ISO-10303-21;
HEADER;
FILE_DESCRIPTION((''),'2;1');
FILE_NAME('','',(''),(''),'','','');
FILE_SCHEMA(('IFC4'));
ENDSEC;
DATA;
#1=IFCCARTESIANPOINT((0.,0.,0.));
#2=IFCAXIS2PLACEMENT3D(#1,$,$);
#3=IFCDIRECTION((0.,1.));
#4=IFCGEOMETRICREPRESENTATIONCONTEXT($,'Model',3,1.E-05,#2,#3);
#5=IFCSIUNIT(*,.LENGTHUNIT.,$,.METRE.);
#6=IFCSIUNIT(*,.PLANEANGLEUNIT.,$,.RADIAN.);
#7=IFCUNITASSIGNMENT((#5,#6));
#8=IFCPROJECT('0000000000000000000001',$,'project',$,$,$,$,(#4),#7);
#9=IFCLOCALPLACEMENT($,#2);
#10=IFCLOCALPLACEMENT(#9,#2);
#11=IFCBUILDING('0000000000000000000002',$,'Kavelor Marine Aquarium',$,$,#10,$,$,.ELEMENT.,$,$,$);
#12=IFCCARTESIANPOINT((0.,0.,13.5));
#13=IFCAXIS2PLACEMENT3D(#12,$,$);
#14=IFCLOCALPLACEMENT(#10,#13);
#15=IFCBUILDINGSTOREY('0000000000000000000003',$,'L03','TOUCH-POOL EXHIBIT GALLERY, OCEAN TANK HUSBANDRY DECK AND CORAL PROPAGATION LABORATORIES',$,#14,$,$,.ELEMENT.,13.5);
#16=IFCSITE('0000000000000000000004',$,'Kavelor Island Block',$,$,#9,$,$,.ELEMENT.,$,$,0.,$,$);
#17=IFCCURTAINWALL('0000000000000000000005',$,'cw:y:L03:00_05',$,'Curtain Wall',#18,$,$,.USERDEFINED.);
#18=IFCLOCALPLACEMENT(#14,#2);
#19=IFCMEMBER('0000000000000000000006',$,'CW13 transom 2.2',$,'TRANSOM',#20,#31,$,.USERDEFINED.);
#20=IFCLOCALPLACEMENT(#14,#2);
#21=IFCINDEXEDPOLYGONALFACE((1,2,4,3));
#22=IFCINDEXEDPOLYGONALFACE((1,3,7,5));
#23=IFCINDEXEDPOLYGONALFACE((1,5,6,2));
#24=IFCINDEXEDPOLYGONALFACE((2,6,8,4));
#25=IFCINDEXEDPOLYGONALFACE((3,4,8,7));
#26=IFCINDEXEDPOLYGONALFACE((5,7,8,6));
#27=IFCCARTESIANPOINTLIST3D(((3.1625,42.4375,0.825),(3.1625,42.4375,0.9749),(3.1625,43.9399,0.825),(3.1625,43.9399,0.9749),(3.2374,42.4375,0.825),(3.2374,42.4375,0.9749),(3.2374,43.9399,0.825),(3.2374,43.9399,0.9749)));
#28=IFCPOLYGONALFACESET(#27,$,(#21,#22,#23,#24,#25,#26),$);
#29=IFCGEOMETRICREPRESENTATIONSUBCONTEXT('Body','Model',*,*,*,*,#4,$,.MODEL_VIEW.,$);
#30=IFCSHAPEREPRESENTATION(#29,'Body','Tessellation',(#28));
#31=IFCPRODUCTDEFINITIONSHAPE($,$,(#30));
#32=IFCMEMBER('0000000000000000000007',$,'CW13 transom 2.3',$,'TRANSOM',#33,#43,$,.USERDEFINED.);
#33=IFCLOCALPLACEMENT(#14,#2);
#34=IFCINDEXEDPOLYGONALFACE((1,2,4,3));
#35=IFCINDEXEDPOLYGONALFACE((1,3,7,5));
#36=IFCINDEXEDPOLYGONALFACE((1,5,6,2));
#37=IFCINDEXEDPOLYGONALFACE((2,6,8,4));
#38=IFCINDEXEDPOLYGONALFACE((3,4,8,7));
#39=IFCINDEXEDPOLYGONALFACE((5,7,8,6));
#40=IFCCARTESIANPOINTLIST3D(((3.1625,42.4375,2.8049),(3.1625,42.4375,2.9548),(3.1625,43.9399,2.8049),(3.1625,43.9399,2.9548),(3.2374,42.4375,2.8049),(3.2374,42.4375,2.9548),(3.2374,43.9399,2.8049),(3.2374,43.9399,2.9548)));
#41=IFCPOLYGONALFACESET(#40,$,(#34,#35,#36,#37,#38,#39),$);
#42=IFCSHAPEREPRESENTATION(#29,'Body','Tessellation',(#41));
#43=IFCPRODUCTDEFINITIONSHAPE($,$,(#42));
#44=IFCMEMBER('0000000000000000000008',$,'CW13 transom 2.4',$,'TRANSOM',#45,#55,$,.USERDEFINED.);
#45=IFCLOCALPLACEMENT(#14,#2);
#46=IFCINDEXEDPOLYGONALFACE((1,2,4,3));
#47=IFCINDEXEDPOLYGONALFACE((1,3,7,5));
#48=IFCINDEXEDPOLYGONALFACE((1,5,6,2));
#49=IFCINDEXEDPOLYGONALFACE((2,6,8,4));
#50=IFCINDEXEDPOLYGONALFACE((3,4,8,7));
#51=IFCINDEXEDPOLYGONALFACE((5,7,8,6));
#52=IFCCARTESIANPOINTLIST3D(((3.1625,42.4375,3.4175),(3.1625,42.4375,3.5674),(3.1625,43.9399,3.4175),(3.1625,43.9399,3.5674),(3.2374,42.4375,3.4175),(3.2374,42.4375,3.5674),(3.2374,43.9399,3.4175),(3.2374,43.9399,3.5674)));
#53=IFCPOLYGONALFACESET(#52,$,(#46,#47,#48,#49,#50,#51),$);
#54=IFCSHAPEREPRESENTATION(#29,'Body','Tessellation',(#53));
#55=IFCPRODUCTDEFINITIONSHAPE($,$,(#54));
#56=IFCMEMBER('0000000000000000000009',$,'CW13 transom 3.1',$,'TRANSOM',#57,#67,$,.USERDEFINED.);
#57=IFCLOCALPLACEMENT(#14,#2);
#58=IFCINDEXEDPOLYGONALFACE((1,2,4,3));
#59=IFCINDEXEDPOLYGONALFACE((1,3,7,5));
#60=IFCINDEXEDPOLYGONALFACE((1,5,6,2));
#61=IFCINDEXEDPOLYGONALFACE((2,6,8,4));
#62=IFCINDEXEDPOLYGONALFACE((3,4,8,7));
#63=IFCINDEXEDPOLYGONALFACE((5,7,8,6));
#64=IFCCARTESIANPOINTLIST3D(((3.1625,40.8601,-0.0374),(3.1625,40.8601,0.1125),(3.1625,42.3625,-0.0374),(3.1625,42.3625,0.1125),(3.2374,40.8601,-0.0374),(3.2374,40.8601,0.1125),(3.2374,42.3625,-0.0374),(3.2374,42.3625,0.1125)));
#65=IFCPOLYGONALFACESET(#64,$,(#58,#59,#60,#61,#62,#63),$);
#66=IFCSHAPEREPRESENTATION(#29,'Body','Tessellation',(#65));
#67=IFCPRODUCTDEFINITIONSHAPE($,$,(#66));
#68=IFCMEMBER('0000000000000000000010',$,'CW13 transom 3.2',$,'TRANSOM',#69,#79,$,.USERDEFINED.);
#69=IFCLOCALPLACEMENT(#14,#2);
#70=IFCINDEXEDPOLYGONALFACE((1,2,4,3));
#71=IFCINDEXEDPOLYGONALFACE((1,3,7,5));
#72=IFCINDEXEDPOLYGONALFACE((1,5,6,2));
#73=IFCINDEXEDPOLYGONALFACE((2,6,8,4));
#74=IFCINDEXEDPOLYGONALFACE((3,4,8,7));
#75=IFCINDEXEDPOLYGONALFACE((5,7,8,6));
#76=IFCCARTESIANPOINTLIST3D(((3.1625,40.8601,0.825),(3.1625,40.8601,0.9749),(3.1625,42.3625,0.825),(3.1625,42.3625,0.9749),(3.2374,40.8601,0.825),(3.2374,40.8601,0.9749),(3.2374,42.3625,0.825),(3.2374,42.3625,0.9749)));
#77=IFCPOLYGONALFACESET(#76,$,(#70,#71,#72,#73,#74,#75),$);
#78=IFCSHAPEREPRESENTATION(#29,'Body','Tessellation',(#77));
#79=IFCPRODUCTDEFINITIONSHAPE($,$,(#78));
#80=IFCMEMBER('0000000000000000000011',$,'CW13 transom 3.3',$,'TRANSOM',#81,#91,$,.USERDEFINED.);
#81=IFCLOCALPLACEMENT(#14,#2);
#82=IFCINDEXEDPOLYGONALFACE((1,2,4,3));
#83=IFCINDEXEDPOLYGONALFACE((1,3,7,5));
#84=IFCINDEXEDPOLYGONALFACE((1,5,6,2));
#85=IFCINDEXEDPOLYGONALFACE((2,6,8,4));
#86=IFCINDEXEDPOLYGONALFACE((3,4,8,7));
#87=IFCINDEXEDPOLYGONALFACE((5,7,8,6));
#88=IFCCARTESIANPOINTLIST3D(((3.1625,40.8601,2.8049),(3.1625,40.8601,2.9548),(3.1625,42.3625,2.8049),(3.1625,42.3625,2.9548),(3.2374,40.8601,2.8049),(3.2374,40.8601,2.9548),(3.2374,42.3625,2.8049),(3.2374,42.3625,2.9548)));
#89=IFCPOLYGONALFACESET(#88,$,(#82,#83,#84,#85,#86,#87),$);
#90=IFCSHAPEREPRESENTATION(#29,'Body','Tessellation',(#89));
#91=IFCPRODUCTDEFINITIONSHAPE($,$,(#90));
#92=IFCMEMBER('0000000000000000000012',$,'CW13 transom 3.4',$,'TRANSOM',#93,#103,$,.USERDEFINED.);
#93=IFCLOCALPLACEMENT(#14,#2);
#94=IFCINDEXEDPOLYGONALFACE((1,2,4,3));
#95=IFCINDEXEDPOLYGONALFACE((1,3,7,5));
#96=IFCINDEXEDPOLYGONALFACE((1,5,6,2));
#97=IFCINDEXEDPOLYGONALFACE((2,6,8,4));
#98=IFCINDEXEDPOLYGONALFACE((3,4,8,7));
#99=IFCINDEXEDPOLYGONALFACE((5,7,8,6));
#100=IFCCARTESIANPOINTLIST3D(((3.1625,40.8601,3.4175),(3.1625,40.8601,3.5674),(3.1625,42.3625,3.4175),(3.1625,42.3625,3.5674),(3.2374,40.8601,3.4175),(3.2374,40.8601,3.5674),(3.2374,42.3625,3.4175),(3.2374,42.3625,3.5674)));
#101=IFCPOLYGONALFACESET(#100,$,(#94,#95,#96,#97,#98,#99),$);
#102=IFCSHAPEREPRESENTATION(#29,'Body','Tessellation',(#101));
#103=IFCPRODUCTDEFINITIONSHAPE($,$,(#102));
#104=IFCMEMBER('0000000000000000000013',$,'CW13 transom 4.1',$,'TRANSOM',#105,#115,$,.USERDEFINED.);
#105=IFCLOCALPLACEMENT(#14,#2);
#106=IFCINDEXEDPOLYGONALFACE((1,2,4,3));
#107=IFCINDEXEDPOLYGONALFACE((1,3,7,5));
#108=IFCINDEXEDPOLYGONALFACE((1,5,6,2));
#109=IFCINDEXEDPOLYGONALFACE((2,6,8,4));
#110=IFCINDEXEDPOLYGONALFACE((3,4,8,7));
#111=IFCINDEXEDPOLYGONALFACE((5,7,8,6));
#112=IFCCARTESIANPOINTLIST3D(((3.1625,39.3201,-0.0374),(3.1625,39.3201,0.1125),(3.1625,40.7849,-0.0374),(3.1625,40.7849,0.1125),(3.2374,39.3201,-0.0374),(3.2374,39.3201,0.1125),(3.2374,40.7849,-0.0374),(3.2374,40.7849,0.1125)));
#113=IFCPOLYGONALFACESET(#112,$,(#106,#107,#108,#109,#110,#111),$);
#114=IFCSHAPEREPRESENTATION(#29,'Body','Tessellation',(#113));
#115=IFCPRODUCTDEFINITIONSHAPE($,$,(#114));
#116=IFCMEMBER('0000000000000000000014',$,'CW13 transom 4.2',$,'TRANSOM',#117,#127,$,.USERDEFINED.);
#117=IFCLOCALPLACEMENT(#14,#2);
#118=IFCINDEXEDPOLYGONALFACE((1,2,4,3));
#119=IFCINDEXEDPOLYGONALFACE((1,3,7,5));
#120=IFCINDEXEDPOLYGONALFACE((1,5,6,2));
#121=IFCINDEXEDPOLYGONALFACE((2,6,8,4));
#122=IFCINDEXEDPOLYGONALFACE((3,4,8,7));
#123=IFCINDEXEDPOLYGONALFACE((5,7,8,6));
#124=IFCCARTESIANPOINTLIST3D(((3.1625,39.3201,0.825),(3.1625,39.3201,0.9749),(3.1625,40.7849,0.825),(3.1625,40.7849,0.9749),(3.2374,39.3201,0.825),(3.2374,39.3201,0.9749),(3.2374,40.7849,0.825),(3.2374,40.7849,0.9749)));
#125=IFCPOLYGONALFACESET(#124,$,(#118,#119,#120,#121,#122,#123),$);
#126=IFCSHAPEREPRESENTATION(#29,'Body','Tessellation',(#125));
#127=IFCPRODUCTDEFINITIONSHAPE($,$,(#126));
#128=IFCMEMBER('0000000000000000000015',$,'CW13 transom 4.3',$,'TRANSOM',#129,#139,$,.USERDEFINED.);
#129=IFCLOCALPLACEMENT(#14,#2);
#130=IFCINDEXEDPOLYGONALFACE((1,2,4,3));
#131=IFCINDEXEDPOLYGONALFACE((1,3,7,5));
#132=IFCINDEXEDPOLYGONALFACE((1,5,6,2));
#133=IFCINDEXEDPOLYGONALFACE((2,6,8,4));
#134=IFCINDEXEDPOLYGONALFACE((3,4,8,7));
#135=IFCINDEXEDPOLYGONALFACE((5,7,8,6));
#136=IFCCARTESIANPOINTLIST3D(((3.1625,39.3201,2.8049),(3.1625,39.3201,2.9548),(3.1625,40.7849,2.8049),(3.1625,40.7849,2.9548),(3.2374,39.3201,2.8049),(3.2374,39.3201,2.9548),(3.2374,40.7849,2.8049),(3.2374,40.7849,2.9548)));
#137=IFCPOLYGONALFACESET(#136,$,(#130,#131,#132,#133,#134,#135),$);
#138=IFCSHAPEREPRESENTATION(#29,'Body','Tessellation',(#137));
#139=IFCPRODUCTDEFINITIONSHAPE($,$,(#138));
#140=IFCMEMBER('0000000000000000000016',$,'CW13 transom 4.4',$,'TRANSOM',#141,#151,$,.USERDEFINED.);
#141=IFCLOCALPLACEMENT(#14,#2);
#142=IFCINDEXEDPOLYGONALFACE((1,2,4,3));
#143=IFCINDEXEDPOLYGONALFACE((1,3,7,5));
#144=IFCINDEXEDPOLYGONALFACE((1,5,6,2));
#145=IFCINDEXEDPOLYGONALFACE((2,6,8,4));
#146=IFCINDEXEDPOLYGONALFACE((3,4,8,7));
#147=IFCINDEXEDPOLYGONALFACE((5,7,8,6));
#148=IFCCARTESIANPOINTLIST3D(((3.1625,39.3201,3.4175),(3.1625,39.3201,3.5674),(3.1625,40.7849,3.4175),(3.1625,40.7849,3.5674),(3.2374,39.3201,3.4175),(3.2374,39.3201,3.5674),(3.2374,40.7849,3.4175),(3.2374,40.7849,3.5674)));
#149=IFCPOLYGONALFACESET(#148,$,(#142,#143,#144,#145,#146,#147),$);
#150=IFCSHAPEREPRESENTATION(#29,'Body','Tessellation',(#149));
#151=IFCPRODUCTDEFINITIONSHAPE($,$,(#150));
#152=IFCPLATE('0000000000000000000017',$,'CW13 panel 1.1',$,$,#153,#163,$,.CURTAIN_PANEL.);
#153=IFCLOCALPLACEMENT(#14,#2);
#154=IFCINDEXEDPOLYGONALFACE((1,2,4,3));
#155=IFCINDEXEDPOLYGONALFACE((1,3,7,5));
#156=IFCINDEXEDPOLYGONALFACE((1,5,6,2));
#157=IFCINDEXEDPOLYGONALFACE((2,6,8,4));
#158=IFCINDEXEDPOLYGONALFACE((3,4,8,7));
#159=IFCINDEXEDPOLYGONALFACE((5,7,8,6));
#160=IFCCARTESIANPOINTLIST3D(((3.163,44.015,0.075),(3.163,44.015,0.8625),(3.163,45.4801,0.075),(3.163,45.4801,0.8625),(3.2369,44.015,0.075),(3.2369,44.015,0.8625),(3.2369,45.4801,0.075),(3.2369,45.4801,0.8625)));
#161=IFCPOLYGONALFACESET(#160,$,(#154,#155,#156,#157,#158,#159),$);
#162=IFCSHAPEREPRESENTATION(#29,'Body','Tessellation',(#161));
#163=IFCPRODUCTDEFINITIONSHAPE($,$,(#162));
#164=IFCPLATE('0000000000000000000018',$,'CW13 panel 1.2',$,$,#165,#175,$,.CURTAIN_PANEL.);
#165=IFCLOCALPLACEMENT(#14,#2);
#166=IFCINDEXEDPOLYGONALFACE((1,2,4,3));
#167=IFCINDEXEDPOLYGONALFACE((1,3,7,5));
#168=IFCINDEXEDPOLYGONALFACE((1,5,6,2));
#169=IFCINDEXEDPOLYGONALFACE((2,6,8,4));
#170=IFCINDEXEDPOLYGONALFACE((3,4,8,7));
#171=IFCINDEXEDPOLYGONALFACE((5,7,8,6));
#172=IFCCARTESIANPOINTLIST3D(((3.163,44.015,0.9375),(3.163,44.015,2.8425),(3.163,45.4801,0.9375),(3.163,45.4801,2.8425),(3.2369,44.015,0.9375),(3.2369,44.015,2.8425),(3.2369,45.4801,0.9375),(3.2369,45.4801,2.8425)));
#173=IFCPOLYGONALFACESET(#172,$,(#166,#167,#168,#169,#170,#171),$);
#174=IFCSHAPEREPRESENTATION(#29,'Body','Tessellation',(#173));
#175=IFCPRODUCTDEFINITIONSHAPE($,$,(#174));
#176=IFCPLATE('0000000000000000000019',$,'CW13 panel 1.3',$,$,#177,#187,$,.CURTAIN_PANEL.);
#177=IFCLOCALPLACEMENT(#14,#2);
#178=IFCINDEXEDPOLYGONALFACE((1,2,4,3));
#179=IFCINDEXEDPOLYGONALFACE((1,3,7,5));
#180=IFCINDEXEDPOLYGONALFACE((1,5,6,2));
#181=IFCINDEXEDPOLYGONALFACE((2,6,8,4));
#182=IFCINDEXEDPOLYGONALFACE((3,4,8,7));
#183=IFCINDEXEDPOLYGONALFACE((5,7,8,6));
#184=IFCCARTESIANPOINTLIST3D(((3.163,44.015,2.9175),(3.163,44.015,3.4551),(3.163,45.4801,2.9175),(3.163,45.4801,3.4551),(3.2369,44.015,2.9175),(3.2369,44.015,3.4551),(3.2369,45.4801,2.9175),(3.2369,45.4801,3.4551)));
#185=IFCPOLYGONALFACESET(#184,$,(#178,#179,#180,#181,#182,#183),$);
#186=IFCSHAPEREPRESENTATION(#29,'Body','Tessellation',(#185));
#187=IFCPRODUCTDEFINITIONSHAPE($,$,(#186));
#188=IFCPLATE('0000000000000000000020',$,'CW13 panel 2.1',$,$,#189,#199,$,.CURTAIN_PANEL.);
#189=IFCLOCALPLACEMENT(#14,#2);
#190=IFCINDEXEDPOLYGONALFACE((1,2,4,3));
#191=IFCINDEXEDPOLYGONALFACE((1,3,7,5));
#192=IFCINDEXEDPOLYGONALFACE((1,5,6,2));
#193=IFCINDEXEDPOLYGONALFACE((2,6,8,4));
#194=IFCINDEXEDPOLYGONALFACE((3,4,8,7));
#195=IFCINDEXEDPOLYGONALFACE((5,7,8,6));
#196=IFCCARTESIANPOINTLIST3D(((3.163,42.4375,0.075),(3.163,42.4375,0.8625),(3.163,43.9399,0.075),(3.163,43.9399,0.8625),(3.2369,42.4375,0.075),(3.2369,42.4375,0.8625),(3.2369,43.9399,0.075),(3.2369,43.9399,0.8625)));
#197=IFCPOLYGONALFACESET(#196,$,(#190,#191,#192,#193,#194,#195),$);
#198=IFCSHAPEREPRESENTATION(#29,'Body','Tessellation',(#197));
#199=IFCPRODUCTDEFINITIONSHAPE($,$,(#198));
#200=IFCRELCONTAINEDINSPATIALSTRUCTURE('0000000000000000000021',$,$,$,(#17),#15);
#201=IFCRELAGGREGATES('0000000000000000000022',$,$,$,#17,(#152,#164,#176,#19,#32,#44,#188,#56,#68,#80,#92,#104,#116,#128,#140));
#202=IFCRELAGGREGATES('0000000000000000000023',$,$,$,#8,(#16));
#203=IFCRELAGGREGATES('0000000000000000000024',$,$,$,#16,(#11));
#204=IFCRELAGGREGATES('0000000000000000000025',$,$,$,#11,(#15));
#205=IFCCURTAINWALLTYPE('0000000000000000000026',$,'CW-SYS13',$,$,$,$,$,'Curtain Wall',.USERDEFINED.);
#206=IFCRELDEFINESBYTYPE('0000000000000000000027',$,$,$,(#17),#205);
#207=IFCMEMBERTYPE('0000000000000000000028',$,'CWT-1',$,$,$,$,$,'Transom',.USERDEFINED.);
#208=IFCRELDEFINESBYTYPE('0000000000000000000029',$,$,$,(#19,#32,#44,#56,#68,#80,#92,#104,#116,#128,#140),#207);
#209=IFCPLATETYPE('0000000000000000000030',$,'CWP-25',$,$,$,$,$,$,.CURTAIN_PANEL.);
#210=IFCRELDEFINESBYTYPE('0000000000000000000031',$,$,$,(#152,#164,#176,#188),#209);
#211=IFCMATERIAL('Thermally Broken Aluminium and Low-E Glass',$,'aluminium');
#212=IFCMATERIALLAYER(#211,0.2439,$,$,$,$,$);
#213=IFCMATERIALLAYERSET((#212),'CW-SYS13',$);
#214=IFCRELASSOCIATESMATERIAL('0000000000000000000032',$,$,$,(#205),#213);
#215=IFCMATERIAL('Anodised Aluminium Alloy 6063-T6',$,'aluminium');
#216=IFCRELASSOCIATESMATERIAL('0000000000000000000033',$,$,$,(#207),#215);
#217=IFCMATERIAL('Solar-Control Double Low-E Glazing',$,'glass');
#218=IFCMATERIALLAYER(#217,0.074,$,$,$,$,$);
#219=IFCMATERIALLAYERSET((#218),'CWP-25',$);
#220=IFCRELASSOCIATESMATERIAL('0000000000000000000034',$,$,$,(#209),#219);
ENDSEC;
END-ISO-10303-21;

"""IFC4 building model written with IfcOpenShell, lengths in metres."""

from ifc_helpers import new_model, si_unit, direction, frame, origin, origin_2d, place, context, subcontext, project, spatial, rectangle, extrude, material, layer, layer_set, material_profile, profile_set, type_object, element, aggregate, save


model = new_model("IFC4")

# Units and contexts
model_context = context("Model", 3, precision=1e-05, world=origin(), true_north=direction((0.0, 1.0)))
body_context = subcontext(model_context, "Body", "Model", "MODEL_VIEW")
ifc_project = project(units=[si_unit("LENGTHUNIT", "METRE"), si_unit("PLANEANGLEUNIT", "RADIAN")], contexts=[model_context])

# Site, building, storey
site_placement = place(None, origin())
site = spatial("IfcSite", under=ifc_project, at=site_placement, Name="Kavelor Island Block", CompositionType="ELEMENT", RefElevation=0.0)
building_placement = place(site_placement, origin())
building = spatial("IfcBuilding", under=site, at=building_placement, Name="Kavelor Marine Aquarium", CompositionType="ELEMENT")
storey_placement = place(building_placement, frame((0.0, 0.0, 13.5)))
storey = spatial("IfcBuildingStorey", under=building, at=storey_placement, Name="L03", Description="TOUCH-POOL EXHIBIT GALLERY, OCEAN TANK HUSBANDRY DECK AND CORAL PROPAGATION LABORATORIES", CompositionType="ELEMENT", Elevation=13.5)

# Curtain wall
ifc_material_1 = material(Name="Thermally Broken Aluminium and Low-E Glass", Category="aluminium")
ifc_layer_1 = layer(ifc_material_1, 0.2439)
ifc_layer_set_1 = layer_set([ifc_layer_1], Name="CW-SYS13")
curtain_wall_type_1 = type_object("IfcCurtainWallType", Name="CW-SYS13", ElementType="Curtain Wall", PredefinedType="USERDEFINED", material=ifc_layer_set_1)
curtain_wall_1_placement = place(storey_placement, origin())
curtain_wall_1 = element("IfcCurtainWall", 1, at=curtain_wall_1_placement, inside=storey, type_object=curtain_wall_type_1, Name="cw:y:L03:00_05", ObjectType="Curtain Wall", PredefinedType="USERDEFINED")

# Members
ifc_material_2 = material(Name="Anodised Aluminium Alloy 6063-T6", Category="aluminium")
ifc_material_profile_1 = material_profile(ifc_material_2, rectangle(XDim=0.075, YDim=0.1499, at=origin_2d()), Name="CW-TRN 75x150")
ifc_profile_set_1 = profile_set([ifc_material_profile_1], Name="Anodised Aluminium Alloy 6063-T6")
member_type_1 = type_object("IfcMemberType", Name="CWT-1", ElementType="Transom", PredefinedType="USERDEFINED", material=ifc_profile_set_1)
member_1_placement = place(storey_placement, frame((3.2, 43.9399, 0.8999), z_axis=(0.0, -1.0, 0.0), x_axis=(1.0, 0.0, 0.0)))
member_1 = element("IfcMember", 2, at=member_1_placement, type_object=member_type_1, Name="CW13 transom 2.2", ObjectType="TRANSOM", PredefinedType="USERDEFINED", context=body_context, shape_type="SweptSolid", body=[
    extrude(rectangle(XDim=0.075, YDim=0.1499, at=origin_2d()), origin(), (0.0, 0.0, 1.0), 1.5024),
])
member_2_placement = place(storey_placement, frame((3.2, 43.9399, 2.8799), z_axis=(0.0, -1.0, 0.0), x_axis=(1.0, 0.0, 0.0)))
member_2 = element("IfcMember", 3, at=member_2_placement, type_object=member_type_1, Name="CW13 transom 2.3", ObjectType="TRANSOM", PredefinedType="USERDEFINED", context=body_context, shape_type="SweptSolid", body=[
    extrude(rectangle(XDim=0.075, YDim=0.1499, at=origin_2d()), origin(), (0.0, 0.0, 1.0), 1.5024),
])
member_3_placement = place(storey_placement, frame((3.2, 43.9399, 3.4924), z_axis=(0.0, -1.0, 0.0), x_axis=(1.0, 0.0, 0.0)))
member_3 = element("IfcMember", 4, at=member_3_placement, type_object=member_type_1, Name="CW13 transom 2.4", ObjectType="TRANSOM", PredefinedType="USERDEFINED", context=body_context, shape_type="SweptSolid", body=[
    extrude(rectangle(XDim=0.075, YDim=0.1499, at=origin_2d()), origin(), (0.0, 0.0, 1.0), 1.5024),
])
member_4_placement = place(storey_placement, frame((3.2, 42.3625, 0.0376), z_axis=(0.0, -1.0, 0.0), x_axis=(1.0, 0.0, 0.0)))
member_4 = element("IfcMember", 5, at=member_4_placement, type_object=member_type_1, Name="CW13 transom 3.1", ObjectType="TRANSOM", PredefinedType="USERDEFINED", context=body_context, shape_type="SweptSolid", body=[
    extrude(rectangle(XDim=0.075, YDim=0.1499, at=origin_2d()), origin(), (0.0, 0.0, 1.0), 1.5024),
])
member_5_placement = place(storey_placement, frame((3.2, 42.3625, 0.8999), z_axis=(0.0, -1.0, 0.0), x_axis=(1.0, 0.0, 0.0)))
member_5 = element("IfcMember", 6, at=member_5_placement, type_object=member_type_1, Name="CW13 transom 3.2", ObjectType="TRANSOM", PredefinedType="USERDEFINED", context=body_context, shape_type="SweptSolid", body=[
    extrude(rectangle(XDim=0.075, YDim=0.1499, at=origin_2d()), origin(), (0.0, 0.0, 1.0), 1.5024),
])
member_6_placement = place(storey_placement, frame((3.2, 42.3625, 2.8799), z_axis=(0.0, -1.0, 0.0), x_axis=(1.0, 0.0, 0.0)))
member_6 = element("IfcMember", 7, at=member_6_placement, type_object=member_type_1, Name="CW13 transom 3.3", ObjectType="TRANSOM", PredefinedType="USERDEFINED", context=body_context, shape_type="SweptSolid", body=[
    extrude(rectangle(XDim=0.075, YDim=0.1499, at=origin_2d()), origin(), (0.0, 0.0, 1.0), 1.5024),
])
member_7_placement = place(storey_placement, frame((3.2, 42.3625, 3.4924), z_axis=(0.0, -1.0, 0.0), x_axis=(1.0, 0.0, 0.0)))
member_7 = element("IfcMember", 8, at=member_7_placement, type_object=member_type_1, Name="CW13 transom 3.4", ObjectType="TRANSOM", PredefinedType="USERDEFINED", context=body_context, shape_type="SweptSolid", body=[
    extrude(rectangle(XDim=0.075, YDim=0.1499, at=origin_2d()), origin(), (0.0, 0.0, 1.0), 1.5024),
])
member_8_placement = place(storey_placement, frame((3.2, 40.7849, 0.0376), z_axis=(0.0, -1.0, 0.0), x_axis=(1.0, 0.0, 0.0)))
member_8 = element("IfcMember", 9, at=member_8_placement, type_object=member_type_1, Name="CW13 transom 4.1", ObjectType="TRANSOM", PredefinedType="USERDEFINED", context=body_context, shape_type="SweptSolid", body=[
    extrude(rectangle(XDim=0.075, YDim=0.1499, at=origin_2d()), origin(), (0.0, 0.0, 1.0), 1.4648),
])
member_9_placement = place(storey_placement, frame((3.2, 40.7849, 0.8999), z_axis=(0.0, -1.0, 0.0), x_axis=(1.0, 0.0, 0.0)))
member_9 = element("IfcMember", 10, at=member_9_placement, type_object=member_type_1, Name="CW13 transom 4.2", ObjectType="TRANSOM", PredefinedType="USERDEFINED", context=body_context, shape_type="SweptSolid", body=[
    extrude(rectangle(XDim=0.075, YDim=0.1499, at=origin_2d()), origin(), (0.0, 0.0, 1.0), 1.4648),
])
member_10_placement = place(storey_placement, frame((3.2, 40.7849, 2.8799), z_axis=(0.0, -1.0, 0.0), x_axis=(1.0, 0.0, 0.0)))
member_10 = element("IfcMember", 11, at=member_10_placement, type_object=member_type_1, Name="CW13 transom 4.3", ObjectType="TRANSOM", PredefinedType="USERDEFINED", context=body_context, shape_type="SweptSolid", body=[
    extrude(rectangle(XDim=0.075, YDim=0.1499, at=origin_2d()), origin(), (0.0, 0.0, 1.0), 1.4648),
])
member_11_placement = place(storey_placement, frame((3.2, 40.7849, 3.4924), z_axis=(0.0, -1.0, 0.0), x_axis=(1.0, 0.0, 0.0)))
member_11 = element("IfcMember", 12, at=member_11_placement, type_object=member_type_1, Name="CW13 transom 4.4", ObjectType="TRANSOM", PredefinedType="USERDEFINED", context=body_context, shape_type="SweptSolid", body=[
    extrude(rectangle(XDim=0.075, YDim=0.1499, at=origin_2d()), origin(), (0.0, 0.0, 1.0), 1.4648),
])

# Plates
ifc_material_3 = material(Name="Solar-Control Double Low-E Glazing", Category="glass")
ifc_layer_2 = layer(ifc_material_3, 0.074)
ifc_layer_set_2 = layer_set([ifc_layer_2], Name="CWP-25")
plate_type_1 = type_object("IfcPlateType", Name="CWP-25", PredefinedType="CURTAIN_PANEL", material=ifc_layer_set_2)
plate_1_placement = place(storey_placement, frame((3.2, 44.7476, 0.075), z_axis=(0.0, 0.0, 1.0), x_axis=(0.0, -1.0, 0.0)))
plate_1 = element("IfcPlate", 13, at=plate_1_placement, type_object=plate_type_1, Name="CW13 panel 1.1", PredefinedType="CURTAIN_PANEL", context=body_context, shape_type="SweptSolid", body=[
    extrude(rectangle(XDim=1.4651, YDim=0.074, at=origin_2d()), origin(), (0.0, 0.0, 1.0), 0.7876),
])
plate_2_placement = place(storey_placement, frame((3.2, 44.7476, 0.9375), z_axis=(0.0, 0.0, 1.0), x_axis=(0.0, -1.0, 0.0)))
plate_2 = element("IfcPlate", 14, at=plate_2_placement, type_object=plate_type_1, Name="CW13 panel 1.2", PredefinedType="CURTAIN_PANEL", context=body_context, shape_type="SweptSolid", body=[
    extrude(rectangle(XDim=1.4651, YDim=0.074, at=origin_2d()), origin(), (0.0, 0.0, 1.0), 1.905),
])
plate_3_placement = place(storey_placement, frame((3.2, 44.7476, 2.9175), z_axis=(0.0, 0.0, 1.0), x_axis=(0.0, -1.0, 0.0)))
plate_3 = element("IfcPlate", 15, at=plate_3_placement, type_object=plate_type_1, Name="CW13 panel 1.3", PredefinedType="CURTAIN_PANEL", context=body_context, shape_type="SweptSolid", body=[
    extrude(rectangle(XDim=1.4651, YDim=0.074, at=origin_2d()), origin(), (0.0, 0.0, 1.0), 0.5376),
])
plate_4_placement = place(storey_placement, frame((3.2, 43.1887, 0.075), z_axis=(0.0, 0.0, 1.0), x_axis=(0.0, -1.0, 0.0)))
plate_4 = element("IfcPlate", 16, at=plate_4_placement, type_object=plate_type_1, Name="CW13 panel 2.1", PredefinedType="CURTAIN_PANEL", context=body_context, shape_type="SweptSolid", body=[
    extrude(rectangle(XDim=1.5024, YDim=0.074, at=origin_2d()), origin(), (0.0, 0.0, 1.0), 0.7876),
])
aggregate(curtain_wall_1, [plate_1, plate_2, plate_3, member_1, member_2, member_3, plate_4, member_4, member_5, member_6, member_7, member_8, member_9, member_10, member_11])

save(model, "model.ifc")
